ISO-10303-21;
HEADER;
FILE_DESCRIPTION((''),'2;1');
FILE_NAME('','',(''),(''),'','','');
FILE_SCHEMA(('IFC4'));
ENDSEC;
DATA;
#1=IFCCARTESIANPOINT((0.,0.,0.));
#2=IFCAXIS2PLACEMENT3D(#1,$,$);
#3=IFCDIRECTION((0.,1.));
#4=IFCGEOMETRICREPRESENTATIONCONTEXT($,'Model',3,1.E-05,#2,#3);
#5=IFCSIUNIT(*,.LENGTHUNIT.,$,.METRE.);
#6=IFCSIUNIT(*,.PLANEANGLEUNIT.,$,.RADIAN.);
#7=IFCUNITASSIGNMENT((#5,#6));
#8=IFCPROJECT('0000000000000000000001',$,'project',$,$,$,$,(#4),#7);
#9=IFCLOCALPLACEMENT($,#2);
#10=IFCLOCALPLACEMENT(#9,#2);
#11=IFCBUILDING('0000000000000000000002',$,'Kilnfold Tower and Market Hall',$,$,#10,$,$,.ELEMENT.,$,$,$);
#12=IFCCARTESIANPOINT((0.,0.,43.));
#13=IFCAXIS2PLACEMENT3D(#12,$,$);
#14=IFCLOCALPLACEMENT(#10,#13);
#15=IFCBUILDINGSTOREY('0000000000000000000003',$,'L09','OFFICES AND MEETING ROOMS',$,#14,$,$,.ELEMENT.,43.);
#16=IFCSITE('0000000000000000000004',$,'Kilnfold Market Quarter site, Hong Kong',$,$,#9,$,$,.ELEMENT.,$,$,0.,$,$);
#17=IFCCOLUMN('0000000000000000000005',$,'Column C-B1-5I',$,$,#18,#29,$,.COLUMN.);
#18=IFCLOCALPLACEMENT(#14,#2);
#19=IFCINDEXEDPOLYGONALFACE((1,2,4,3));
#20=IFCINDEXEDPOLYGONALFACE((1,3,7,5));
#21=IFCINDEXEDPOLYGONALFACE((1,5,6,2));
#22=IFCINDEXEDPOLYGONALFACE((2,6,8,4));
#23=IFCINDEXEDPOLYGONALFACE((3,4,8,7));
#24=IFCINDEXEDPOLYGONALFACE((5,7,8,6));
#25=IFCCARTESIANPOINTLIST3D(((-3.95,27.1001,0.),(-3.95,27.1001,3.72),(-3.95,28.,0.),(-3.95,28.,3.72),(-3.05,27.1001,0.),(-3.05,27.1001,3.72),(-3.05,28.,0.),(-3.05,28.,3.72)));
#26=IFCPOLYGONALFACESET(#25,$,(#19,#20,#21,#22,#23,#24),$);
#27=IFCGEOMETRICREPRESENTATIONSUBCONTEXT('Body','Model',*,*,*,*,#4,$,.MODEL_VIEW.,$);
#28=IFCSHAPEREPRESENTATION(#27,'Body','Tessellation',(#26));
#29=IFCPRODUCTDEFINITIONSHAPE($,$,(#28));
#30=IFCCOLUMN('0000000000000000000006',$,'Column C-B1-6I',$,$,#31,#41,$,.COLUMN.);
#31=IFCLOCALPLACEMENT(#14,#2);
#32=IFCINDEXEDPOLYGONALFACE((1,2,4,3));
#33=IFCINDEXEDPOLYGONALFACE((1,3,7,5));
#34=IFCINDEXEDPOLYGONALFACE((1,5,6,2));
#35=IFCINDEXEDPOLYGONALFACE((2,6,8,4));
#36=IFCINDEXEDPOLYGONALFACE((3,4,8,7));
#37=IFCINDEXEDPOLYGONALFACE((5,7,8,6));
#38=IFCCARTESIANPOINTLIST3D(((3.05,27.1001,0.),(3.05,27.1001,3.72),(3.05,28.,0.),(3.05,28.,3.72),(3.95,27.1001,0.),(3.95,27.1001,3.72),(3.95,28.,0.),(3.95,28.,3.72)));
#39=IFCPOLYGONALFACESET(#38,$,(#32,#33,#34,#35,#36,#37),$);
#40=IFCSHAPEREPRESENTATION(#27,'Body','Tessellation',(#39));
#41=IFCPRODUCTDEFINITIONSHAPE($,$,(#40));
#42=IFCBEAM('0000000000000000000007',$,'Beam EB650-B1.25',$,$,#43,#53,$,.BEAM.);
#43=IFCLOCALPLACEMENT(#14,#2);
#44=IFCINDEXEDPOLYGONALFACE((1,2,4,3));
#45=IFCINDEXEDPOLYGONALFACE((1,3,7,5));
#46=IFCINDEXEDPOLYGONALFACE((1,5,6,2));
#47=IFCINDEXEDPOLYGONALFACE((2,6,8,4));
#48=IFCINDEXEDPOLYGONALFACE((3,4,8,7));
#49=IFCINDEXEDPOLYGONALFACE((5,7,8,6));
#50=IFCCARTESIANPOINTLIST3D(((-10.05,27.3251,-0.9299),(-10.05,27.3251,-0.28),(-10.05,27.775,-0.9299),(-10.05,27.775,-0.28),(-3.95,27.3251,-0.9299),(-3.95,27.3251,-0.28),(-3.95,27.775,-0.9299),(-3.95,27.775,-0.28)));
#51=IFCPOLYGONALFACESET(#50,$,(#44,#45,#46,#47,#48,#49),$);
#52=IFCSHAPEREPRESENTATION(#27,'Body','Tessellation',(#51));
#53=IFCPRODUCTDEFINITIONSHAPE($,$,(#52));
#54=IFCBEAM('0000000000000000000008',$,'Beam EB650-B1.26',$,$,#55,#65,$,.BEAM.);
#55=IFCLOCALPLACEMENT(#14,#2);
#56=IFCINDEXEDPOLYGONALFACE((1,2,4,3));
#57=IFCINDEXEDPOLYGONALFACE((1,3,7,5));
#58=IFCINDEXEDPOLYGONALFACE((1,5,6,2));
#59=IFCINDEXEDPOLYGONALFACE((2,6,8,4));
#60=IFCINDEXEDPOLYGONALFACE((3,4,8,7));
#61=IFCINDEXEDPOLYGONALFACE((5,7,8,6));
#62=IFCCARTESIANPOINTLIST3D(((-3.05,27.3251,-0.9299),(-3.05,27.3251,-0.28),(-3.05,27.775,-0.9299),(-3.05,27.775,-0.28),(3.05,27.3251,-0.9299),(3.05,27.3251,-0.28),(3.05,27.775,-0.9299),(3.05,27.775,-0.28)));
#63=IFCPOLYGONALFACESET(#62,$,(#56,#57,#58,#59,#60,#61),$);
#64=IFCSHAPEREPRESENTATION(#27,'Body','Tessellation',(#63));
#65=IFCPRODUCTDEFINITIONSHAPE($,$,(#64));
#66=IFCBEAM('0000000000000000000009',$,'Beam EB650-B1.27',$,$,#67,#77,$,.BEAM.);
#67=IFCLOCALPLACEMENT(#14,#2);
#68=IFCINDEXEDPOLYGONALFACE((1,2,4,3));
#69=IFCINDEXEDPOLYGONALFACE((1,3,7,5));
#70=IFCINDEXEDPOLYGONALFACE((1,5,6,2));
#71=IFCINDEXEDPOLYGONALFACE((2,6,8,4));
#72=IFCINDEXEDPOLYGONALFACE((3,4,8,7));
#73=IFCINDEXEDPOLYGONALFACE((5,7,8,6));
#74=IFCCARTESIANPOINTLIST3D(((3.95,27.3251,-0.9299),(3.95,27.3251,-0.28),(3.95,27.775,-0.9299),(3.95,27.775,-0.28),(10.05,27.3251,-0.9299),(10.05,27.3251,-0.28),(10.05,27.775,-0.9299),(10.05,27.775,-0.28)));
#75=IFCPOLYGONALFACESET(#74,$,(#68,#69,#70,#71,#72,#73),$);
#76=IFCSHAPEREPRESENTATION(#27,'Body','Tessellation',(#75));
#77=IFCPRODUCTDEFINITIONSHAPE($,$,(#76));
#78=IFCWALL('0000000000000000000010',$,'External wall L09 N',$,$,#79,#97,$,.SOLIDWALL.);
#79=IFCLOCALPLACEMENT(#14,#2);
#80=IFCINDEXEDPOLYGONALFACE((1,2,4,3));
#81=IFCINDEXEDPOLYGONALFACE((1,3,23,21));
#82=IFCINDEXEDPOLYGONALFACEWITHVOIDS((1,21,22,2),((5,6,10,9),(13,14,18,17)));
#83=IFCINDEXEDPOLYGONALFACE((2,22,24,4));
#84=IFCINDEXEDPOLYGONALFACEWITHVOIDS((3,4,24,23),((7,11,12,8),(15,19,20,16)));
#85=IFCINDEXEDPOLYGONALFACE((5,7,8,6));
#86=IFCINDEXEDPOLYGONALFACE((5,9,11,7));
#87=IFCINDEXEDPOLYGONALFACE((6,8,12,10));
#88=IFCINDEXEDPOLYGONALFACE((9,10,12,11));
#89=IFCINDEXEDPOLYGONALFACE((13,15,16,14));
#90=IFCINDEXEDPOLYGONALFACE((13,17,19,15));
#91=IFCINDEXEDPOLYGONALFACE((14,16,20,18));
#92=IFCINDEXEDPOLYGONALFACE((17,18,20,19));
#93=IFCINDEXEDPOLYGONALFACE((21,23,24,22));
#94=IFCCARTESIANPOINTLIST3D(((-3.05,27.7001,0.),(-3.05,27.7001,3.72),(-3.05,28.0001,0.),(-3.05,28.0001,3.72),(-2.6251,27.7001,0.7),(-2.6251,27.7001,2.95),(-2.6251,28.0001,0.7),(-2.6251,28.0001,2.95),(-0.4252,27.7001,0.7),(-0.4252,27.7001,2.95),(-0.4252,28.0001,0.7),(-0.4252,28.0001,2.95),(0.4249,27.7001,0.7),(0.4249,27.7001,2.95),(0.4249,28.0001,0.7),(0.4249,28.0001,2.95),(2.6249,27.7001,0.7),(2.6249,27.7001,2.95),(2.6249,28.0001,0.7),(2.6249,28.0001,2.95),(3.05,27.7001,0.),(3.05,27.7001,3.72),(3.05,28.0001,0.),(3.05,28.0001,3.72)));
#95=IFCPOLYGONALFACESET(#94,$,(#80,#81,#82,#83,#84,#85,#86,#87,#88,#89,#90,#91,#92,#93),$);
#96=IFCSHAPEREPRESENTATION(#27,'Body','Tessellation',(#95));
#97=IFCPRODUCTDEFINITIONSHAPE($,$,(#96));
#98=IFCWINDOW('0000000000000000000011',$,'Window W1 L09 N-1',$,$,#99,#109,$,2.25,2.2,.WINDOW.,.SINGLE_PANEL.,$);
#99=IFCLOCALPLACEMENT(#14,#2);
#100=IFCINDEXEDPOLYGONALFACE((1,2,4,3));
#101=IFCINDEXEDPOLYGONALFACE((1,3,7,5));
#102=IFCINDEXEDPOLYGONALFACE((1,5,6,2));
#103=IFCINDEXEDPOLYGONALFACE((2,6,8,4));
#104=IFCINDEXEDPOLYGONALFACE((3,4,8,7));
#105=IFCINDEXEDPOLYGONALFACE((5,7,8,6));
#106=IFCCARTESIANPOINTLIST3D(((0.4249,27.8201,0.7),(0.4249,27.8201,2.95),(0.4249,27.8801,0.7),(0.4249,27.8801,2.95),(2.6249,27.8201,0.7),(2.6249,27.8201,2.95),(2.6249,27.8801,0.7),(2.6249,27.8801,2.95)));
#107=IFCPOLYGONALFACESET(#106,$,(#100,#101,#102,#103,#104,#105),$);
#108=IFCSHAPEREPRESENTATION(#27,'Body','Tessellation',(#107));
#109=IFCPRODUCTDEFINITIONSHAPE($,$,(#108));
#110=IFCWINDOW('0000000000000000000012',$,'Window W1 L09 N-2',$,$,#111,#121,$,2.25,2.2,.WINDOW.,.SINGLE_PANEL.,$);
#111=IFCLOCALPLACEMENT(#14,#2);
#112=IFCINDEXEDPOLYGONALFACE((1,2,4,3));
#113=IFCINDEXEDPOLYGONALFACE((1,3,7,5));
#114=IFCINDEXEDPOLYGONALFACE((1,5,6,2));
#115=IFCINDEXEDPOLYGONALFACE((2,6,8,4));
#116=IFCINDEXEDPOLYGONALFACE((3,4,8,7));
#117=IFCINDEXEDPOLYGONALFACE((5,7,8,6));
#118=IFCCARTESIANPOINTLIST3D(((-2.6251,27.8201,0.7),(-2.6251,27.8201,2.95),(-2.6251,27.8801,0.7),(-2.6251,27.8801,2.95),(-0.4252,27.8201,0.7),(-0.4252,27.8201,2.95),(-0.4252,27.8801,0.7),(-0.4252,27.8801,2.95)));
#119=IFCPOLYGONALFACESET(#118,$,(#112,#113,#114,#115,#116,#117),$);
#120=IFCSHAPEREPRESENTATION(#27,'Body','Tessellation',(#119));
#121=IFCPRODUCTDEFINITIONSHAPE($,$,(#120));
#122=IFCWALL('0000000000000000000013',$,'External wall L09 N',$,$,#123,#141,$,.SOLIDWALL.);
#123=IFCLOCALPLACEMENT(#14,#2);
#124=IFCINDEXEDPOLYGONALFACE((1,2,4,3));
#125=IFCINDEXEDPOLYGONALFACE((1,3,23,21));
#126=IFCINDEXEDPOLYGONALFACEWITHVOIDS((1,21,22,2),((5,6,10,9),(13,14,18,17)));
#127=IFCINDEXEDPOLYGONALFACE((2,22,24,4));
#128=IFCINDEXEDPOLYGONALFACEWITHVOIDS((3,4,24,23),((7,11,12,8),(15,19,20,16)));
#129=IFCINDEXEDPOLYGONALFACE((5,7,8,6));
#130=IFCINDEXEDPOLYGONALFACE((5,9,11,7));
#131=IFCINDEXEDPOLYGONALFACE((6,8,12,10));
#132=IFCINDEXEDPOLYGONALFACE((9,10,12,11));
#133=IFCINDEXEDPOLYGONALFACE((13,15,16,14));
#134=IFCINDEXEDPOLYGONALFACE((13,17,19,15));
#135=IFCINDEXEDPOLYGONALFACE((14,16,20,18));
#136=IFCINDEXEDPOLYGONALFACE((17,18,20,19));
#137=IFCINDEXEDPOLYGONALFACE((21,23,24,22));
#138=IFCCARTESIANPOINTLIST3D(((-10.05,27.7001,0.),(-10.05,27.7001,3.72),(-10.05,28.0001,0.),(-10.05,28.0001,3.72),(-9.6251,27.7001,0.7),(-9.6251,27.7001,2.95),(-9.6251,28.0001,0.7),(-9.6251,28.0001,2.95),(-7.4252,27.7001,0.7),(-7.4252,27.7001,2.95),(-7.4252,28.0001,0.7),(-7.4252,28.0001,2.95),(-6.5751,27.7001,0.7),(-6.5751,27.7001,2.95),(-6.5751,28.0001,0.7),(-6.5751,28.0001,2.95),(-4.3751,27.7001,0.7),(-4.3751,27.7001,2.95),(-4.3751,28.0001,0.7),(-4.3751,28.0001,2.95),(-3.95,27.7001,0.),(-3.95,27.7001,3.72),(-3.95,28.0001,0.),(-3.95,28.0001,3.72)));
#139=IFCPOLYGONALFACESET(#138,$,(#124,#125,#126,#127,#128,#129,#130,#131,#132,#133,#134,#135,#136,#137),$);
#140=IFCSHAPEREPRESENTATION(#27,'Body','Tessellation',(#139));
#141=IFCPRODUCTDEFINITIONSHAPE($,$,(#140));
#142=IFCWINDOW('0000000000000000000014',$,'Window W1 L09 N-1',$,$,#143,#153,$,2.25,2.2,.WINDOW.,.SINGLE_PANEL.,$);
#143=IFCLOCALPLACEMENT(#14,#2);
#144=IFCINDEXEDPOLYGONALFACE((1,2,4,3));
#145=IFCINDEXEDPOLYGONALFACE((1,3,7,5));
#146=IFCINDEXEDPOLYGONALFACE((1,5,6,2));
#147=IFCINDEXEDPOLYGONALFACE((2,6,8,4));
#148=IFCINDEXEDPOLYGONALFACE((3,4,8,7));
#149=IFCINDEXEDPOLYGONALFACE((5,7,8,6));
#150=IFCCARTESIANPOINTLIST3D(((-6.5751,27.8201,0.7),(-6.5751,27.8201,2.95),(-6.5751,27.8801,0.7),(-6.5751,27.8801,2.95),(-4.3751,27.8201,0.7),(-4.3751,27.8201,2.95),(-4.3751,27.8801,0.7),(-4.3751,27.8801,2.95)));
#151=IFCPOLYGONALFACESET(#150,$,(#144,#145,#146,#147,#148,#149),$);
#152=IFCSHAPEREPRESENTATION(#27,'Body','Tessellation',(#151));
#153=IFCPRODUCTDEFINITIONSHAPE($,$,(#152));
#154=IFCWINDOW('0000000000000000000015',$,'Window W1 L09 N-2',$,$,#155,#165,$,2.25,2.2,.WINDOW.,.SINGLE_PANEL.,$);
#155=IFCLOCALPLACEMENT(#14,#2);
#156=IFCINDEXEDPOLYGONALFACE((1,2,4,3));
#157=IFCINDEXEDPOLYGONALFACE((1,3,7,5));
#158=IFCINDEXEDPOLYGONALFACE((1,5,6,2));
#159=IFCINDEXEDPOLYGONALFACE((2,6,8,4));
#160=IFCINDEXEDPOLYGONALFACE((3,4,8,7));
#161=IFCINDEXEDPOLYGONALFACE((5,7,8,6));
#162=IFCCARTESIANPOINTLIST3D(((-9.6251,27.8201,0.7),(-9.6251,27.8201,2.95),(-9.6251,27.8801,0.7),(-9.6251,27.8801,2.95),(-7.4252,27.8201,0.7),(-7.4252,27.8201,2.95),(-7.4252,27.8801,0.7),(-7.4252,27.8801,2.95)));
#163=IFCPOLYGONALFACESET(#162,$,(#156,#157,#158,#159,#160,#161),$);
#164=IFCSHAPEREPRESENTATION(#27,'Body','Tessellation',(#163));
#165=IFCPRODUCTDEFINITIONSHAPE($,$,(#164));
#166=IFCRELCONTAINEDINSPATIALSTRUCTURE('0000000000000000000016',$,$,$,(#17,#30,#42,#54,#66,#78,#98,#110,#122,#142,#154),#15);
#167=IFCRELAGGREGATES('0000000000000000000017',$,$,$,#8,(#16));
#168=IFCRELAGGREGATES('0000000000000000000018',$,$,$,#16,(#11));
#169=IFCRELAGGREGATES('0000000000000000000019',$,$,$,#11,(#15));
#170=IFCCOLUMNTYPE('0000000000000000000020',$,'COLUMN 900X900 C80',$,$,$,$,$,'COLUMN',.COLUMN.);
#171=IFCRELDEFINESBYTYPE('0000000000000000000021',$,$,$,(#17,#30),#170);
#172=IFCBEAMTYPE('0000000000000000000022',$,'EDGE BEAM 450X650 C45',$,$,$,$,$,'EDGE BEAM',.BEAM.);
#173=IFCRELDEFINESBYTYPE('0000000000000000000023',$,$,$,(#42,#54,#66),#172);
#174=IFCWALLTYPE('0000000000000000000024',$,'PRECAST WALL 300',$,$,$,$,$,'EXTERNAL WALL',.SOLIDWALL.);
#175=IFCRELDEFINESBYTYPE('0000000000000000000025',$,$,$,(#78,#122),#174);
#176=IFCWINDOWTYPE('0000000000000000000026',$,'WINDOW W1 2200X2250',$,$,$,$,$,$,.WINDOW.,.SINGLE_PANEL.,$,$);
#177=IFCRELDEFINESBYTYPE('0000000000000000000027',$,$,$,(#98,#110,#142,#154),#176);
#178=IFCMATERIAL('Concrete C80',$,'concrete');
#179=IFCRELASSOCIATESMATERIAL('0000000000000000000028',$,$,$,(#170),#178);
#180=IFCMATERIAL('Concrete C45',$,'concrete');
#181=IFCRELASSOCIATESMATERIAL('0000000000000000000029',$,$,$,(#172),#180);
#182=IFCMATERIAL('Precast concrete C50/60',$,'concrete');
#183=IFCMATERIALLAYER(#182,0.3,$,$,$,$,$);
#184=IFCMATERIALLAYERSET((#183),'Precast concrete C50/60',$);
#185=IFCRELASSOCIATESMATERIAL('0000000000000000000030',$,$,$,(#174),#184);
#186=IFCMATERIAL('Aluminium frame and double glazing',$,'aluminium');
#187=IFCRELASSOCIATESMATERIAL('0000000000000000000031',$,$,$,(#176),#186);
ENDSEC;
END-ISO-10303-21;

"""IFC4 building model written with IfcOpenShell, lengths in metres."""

from ifc_helpers import new_model, si_unit, direction, frame, frame_2d, origin, origin_2d, place, context, subcontext, project, spatial, rectangle, extrude, source, transform, mapped, material, layer, layer_set, material_profile, profile_set, type_object, element, fill, save


model = new_model("IFC4")

# Units and contexts
model_context = context("Model", 3, precision=1e-05, world=origin(), true_north=direction((0.0, 1.0)))
body_context = subcontext(model_context, "Body", "Model", "MODEL_VIEW")
ifc_project = project(units=[si_unit("LENGTHUNIT", "METRE"), si_unit("PLANEANGLEUNIT", "RADIAN")], contexts=[model_context])

# Site, building, storey
site_placement = place(None, origin())
site = spatial("IfcSite", under=ifc_project, at=site_placement, Name="Kilnfold Market Quarter site, Hong Kong", CompositionType="ELEMENT", RefElevation=0.0)
building_placement = place(site_placement, origin())
building = spatial("IfcBuilding", under=site, at=building_placement, Name="Kilnfold Tower and Market Hall", CompositionType="ELEMENT")
storey_placement = place(building_placement, frame((0.0, 0.0, 43.0)))
storey = spatial("IfcBuildingStorey", under=building, at=storey_placement, Name="L09", Description="OFFICES AND MEETING ROOMS", CompositionType="ELEMENT", Elevation=43.0)

# Columns
ifc_material_1 = material(Name="Concrete C80", Category="concrete")
ifc_material_profile_1 = material_profile(ifc_material_1, rectangle(XDim=0.8999, YDim=0.8999, at=origin_2d()), Name="RC 900x900")
ifc_profile_set_1 = profile_set([ifc_material_profile_1], Name="Concrete C80")
column_type = type_object("IfcColumnType", Name="COLUMN 900X900 C80", ElementType="COLUMN", PredefinedType="COLUMN", material=ifc_profile_set_1)
shared_shape_1 = source(origin(), body_context, "Body", "SweptSolid", [
    extrude(rectangle(XDim=0.8999, YDim=0.8999, at=origin_2d()), origin(), (0.0, 0.0, 1.0), 3.72),
])
for number, where, z_axis, x_axis, name in (
    (1, (-3.5, 27.55, 0.0), (0.0, 0.0, 1.0), (1.0, 0.0, 0.0), "Column C-B1-5I"),
    (2, (3.5, 27.55, 0.0), (0.0, 0.0, 1.0), (1.0, 0.0, 0.0), "Column C-B1-6I"),
):
    element("IfcColumn", number, at=place(storey_placement, frame(where, z_axis=z_axis, x_axis=x_axis)), inside=storey, type_object=column_type, Name=name, PredefinedType="COLUMN", context=body_context, shape_type="MappedRepresentation", body=[
        mapped(shared_shape_1, transform((0.0, 0.0, 0.0))),
    ])

# Beams
ifc_material_2 = material(Name="Concrete C45", Category="concrete")
ifc_material_profile_2 = material_profile(ifc_material_2, rectangle(XDim=0.45, YDim=0.6499, at=origin_2d()), Name="RC 450x650")
ifc_profile_set_2 = profile_set([ifc_material_profile_2], Name="Concrete C45")
beam_type = type_object("IfcBeamType", Name="EDGE BEAM 450X650 C45", ElementType="EDGE BEAM", PredefinedType="BEAM", material=ifc_profile_set_2)
shared_shape_2 = source(origin(), body_context, "Body", "SweptSolid", [
    extrude(rectangle(XDim=0.45, YDim=0.6499, at=origin_2d()), origin(), (0.0, 0.0, 1.0), 6.1001),
])
for number, where, z_axis, x_axis, name in (
    (3, (-10.05, 27.55, -0.605), (1.0, 0.0, 0.0), (0.0, 1.0, 0.0), "Beam EB650-B1.25"),
    (4, (-3.05, 27.55, -0.605), (1.0, 0.0, 0.0), (0.0, 1.0, 0.0), "Beam EB650-B1.26"),
    (5, (3.95, 27.55, -0.605), (1.0, 0.0, 0.0), (0.0, 1.0, 0.0), "Beam EB650-B1.27"),
):
    element("IfcBeam", number, at=place(storey_placement, frame(where, z_axis=z_axis, x_axis=x_axis)), inside=storey, type_object=beam_type, Name=name, PredefinedType="BEAM", context=body_context, shape_type="MappedRepresentation", body=[
        mapped(shared_shape_2, transform((0.0, 0.0, 0.0))),
    ])

# Walls, openings, windows
ifc_material_3 = material(Name="Precast concrete C50/60", Category="concrete")
ifc_layer_1 = layer(ifc_material_3, 0.3)
ifc_layer_set_1 = layer_set([ifc_layer_1], Name="Precast concrete C50/60")
wall_type_1 = type_object("IfcWallType", Name="PRECAST WALL 300", ElementType="EXTERNAL WALL", PredefinedType="SOLIDWALL", material=ifc_layer_set_1)
shared_shape_3 = source(origin(), body_context, "Body", "SweptSolid", [
    extrude(rectangle(XDim=6.1001, YDim=0.3, at=frame_2d((3.05, 0.0))), origin(), (0.0, 0.0, 1.0), 3.72),
])
wall_1_placement = place(storey_placement, frame((3.05, 27.8501, 0.0), z_axis=(0.0, 0.0, 1.0), x_axis=(-1.0, 0.0, 0.0)))
wall_1 = element("IfcWall", 6, at=wall_1_placement, inside=storey, type_object=wall_type_1, Name="External wall L09 N", PredefinedType="SOLIDWALL", context=body_context, shape_type="MappedRepresentation", body=[
    mapped(shared_shape_3, transform((0.0, 0.0, 0.0))),
])
opening_1_placement = place(wall_1_placement, frame((0.425, 0.0, 0.7)))
opening_1 = element("IfcOpeningElement", 7, at=opening_1_placement, cuts=wall_1, PredefinedType="OPENING", context=body_context, shape_type="SweptSolid", body=[
    extrude(rectangle(XDim=2.2, YDim=2.25, at=frame_2d((1.1001, 1.125))), frame((0.0, 0.1602, 0.0), z_axis=(0.0, -1.0, 0.0), x_axis=(1.0, 0.0, 0.0)), (0.0, 0.0, 1.0), 0.3201),
])
opening_2_placement = place(wall_1_placement, frame((3.4751, 0.0, 0.7)))
opening_2 = element("IfcOpeningElement", 8, at=opening_2_placement, cuts=wall_1, PredefinedType="OPENING", context=body_context, shape_type="SweptSolid", body=[
    extrude(rectangle(XDim=2.2, YDim=2.25, at=frame_2d((1.1001, 1.125))), frame((0.0, 0.1602, 0.0), z_axis=(0.0, -1.0, 0.0), x_axis=(1.0, 0.0, 0.0)), (0.0, 0.0, 1.0), 0.3201),
])
ifc_material_4 = material(Name="Aluminium frame and double glazing", Category="aluminium")
window_type = type_object("IfcWindowType", Name="WINDOW W1 2200X2250", PartitioningType="SINGLE_PANEL", PredefinedType="WINDOW", material=ifc_material_4)
window_1_placement = place(opening_1_placement, origin())
window_1 = element("IfcWindow", 9, at=window_1_placement, inside=storey, type_object=window_type, Name="Window W1 L09 N-1", OverallHeight=2.25, OverallWidth=2.2, PartitioningType="SINGLE_PANEL", PredefinedType="WINDOW", context=body_context, shape_type="SweptSolid", body=[
    extrude(rectangle(XDim=2.2, YDim=2.25, at=frame_2d((1.1001, 1.125))), frame((0.0, 0.03, 0.0), z_axis=(0.0, -1.0, 0.0), x_axis=(1.0, 0.0, 0.0)), (0.0, 0.0, 1.0), 0.0601),
])
fill(opening_1, window_1)
window_2_placement = place(opening_2_placement, origin())
window_2 = element("IfcWindow", 10, at=window_2_placement, inside=storey, type_object=window_type, Name="Window W1 L09 N-2", OverallHeight=2.25, OverallWidth=2.2, PartitioningType="SINGLE_PANEL", PredefinedType="WINDOW", context=body_context, shape_type="SweptSolid", body=[
    extrude(rectangle(XDim=2.2, YDim=2.25, at=frame_2d((1.1001, 1.125))), frame((0.0, 0.03, 0.0), z_axis=(0.0, -1.0, 0.0), x_axis=(1.0, 0.0, 0.0)), (0.0, 0.0, 1.0), 0.0601),
])
fill(opening_2, window_2)
wall_2_placement = place(storey_placement, frame((-3.95, 27.8501, 0.0), z_axis=(0.0, 0.0, 1.0), x_axis=(-1.0, 0.0, 0.0)))
wall_2 = element("IfcWall", 11, at=wall_2_placement, inside=storey, type_object=wall_type_1, Name="External wall L09 N", PredefinedType="SOLIDWALL", context=body_context, shape_type="MappedRepresentation", body=[
    mapped(shared_shape_3, transform((0.0, 0.0, 0.0))),
])
opening_3_placement = place(wall_2_placement, frame((0.425, 0.0, 0.7)))
opening_3 = element("IfcOpeningElement", 12, at=opening_3_placement, cuts=wall_2, PredefinedType="OPENING", context=body_context, shape_type="SweptSolid", body=[
    extrude(rectangle(XDim=2.2, YDim=2.25, at=frame_2d((1.1001, 1.125))), frame((0.0, 0.1602, 0.0), z_axis=(0.0, -1.0, 0.0), x_axis=(1.0, 0.0, 0.0)), (0.0, 0.0, 1.0), 0.3201),
])
opening_4_placement = place(wall_2_placement, frame((3.4751, 0.0, 0.7)))
opening_4 = element("IfcOpeningElement", 13, at=opening_4_placement, cuts=wall_2, PredefinedType="OPENING", context=body_context, shape_type="SweptSolid", body=[
    extrude(rectangle(XDim=2.2, YDim=2.25, at=frame_2d((1.1001, 1.125))), frame((0.0, 0.1602, 0.0), z_axis=(0.0, -1.0, 0.0), x_axis=(1.0, 0.0, 0.0)), (0.0, 0.0, 1.0), 0.3201),
])
window_3_placement = place(opening_3_placement, origin())
window_3 = element("IfcWindow", 14, at=window_3_placement, inside=storey, type_object=window_type, Name="Window W1 L09 N-1", OverallHeight=2.25, OverallWidth=2.2, PartitioningType="SINGLE_PANEL", PredefinedType="WINDOW", context=body_context, shape_type="SweptSolid", body=[
    extrude(rectangle(XDim=2.2, YDim=2.25, at=frame_2d((1.1001, 1.125))), frame((0.0, 0.03, 0.0), z_axis=(0.0, -1.0, 0.0), x_axis=(1.0, 0.0, 0.0)), (0.0, 0.0, 1.0), 0.0601),
])
fill(opening_3, window_3)
window_4_placement = place(opening_4_placement, origin())
window_4 = element("IfcWindow", 15, at=window_4_placement, inside=storey, type_object=window_type, Name="Window W1 L09 N-2", OverallHeight=2.25, OverallWidth=2.2, PartitioningType="SINGLE_PANEL", PredefinedType="WINDOW", context=body_context, shape_type="SweptSolid", body=[
    extrude(rectangle(XDim=2.2, YDim=2.25, at=frame_2d((1.1001, 1.125))), frame((0.0, 0.03, 0.0), z_axis=(0.0, -1.0, 0.0), x_axis=(1.0, 0.0, 0.0)), (0.0, 0.0, 1.0), 0.0601),
])
fill(opening_4, window_4)

save(model, "model.ifc")
